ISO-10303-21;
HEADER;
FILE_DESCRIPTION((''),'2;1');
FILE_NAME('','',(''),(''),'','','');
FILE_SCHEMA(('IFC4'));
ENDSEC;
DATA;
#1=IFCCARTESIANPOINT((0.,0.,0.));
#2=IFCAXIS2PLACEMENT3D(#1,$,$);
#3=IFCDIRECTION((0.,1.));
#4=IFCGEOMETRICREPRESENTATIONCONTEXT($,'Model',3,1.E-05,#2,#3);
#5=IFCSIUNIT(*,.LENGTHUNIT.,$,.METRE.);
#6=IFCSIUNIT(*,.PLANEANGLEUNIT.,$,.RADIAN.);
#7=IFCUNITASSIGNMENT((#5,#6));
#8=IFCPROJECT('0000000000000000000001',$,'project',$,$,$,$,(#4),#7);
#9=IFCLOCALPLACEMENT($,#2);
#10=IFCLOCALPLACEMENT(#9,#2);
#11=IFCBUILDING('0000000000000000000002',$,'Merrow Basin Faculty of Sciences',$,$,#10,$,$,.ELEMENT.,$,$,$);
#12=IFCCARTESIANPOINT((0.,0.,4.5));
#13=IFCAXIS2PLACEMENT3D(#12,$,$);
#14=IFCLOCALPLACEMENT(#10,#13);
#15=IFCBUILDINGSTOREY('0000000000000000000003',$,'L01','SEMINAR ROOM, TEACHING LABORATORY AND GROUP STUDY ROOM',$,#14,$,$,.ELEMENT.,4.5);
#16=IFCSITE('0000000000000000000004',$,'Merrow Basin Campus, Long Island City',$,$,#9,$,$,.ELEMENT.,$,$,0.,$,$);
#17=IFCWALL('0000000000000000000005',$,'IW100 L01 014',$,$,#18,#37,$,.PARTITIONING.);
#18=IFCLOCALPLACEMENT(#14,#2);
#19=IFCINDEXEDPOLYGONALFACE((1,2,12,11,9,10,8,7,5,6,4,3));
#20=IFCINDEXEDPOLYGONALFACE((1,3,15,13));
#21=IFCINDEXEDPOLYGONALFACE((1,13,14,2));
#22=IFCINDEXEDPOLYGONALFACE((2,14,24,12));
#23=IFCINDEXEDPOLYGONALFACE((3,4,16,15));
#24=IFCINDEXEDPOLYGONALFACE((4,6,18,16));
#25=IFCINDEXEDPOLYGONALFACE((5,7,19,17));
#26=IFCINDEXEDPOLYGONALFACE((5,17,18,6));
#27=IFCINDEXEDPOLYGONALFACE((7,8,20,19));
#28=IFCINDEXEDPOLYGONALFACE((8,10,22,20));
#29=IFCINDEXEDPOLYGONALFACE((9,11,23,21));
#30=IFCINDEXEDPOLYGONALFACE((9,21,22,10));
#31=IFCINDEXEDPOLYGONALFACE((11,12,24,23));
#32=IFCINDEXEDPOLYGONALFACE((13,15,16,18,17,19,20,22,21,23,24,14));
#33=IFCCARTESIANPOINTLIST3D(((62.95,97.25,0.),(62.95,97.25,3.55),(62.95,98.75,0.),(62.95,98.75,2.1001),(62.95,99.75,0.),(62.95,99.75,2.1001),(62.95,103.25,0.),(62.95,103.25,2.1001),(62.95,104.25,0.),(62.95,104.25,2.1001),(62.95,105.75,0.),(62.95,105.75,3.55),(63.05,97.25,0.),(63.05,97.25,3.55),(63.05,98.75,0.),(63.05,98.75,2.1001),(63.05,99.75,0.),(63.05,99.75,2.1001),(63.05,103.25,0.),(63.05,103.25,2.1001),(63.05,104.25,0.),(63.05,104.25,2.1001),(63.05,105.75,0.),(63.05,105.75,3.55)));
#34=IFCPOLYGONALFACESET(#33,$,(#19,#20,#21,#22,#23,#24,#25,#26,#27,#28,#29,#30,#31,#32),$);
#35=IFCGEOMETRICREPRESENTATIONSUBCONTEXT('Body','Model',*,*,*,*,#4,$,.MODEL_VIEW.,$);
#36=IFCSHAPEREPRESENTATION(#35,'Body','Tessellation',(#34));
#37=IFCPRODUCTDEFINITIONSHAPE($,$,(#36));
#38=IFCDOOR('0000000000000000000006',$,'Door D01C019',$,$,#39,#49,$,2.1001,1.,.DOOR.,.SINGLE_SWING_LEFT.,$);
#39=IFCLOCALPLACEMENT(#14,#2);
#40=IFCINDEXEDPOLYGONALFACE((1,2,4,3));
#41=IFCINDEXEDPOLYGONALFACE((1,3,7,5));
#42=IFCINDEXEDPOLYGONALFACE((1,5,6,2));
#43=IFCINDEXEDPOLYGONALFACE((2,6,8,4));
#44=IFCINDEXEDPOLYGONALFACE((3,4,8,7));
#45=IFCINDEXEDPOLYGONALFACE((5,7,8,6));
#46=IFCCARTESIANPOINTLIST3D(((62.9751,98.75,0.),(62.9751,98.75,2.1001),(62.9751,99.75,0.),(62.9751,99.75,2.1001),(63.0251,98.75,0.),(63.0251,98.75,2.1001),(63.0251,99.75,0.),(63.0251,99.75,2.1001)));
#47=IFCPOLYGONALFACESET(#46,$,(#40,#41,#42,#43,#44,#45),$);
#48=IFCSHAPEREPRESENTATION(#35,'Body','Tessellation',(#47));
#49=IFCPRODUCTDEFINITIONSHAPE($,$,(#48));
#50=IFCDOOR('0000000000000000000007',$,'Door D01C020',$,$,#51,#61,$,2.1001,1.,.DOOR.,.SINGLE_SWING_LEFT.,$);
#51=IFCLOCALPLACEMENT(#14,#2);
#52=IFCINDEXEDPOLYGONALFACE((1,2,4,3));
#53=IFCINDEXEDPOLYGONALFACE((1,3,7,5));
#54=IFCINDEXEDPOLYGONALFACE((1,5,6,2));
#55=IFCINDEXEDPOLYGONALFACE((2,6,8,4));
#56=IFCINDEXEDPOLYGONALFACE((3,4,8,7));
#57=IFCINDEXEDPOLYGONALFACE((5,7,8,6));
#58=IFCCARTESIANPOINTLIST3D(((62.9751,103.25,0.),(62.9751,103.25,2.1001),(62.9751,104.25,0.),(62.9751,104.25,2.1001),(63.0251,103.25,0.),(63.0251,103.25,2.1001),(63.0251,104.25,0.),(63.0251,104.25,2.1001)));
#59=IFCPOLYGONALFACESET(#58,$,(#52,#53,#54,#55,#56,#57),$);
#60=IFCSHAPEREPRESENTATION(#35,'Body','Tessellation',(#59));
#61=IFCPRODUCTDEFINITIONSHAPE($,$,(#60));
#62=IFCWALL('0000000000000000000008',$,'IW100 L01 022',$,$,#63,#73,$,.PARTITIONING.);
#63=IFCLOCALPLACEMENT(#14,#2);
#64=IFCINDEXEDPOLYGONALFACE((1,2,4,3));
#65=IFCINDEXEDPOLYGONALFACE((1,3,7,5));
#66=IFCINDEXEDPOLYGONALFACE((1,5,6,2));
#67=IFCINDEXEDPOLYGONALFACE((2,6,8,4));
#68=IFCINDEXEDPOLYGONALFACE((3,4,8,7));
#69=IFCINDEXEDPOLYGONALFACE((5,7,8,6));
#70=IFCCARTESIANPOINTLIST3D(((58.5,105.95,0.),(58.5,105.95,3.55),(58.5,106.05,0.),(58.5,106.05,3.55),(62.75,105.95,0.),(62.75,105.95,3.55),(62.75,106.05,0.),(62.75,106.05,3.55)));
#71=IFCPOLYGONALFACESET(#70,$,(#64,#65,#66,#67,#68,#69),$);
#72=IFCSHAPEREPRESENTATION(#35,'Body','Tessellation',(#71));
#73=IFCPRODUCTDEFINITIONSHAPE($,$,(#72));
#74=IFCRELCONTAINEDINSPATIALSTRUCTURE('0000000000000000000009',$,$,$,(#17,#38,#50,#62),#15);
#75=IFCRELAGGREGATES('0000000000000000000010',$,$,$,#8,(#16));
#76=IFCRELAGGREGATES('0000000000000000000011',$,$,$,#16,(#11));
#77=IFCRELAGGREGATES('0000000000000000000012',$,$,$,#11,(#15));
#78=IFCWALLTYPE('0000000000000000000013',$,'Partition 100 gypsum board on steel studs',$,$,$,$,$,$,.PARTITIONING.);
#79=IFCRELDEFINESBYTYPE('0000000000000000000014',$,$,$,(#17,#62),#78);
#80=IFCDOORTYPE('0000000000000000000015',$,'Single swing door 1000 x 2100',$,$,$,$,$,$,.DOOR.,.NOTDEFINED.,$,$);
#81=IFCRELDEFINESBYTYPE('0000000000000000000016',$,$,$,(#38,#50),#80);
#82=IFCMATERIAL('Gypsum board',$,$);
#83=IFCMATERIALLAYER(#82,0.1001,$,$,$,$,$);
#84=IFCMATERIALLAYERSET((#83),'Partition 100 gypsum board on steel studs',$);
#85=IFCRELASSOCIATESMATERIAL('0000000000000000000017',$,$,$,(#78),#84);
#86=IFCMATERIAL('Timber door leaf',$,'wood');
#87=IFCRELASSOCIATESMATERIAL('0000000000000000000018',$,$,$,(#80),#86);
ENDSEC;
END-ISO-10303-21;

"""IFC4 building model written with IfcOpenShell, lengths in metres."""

from ifc_helpers import new_model, si_unit, direction, frame, frame_2d, origin, place, context, subcontext, project, spatial, rectangle, extrude, material, layer, layer_set, type_object, element, fill, save


model = new_model("IFC4")

# Units and contexts
model_context = context("Model", 3, precision=1e-05, world=origin(), true_north=direction((0.0, 1.0)))
body_context = subcontext(model_context, "Body", "Model", "MODEL_VIEW")
ifc_project = project(units=[si_unit("LENGTHUNIT", "METRE"), si_unit("PLANEANGLEUNIT", "RADIAN")], contexts=[model_context])

# Site, building, storey
site_placement = place(None, origin())
site = spatial("IfcSite", under=ifc_project, at=site_placement, Name="Merrow Basin Campus, Long Island City", CompositionType="ELEMENT", RefElevation=0.0)
building_placement = place(site_placement, origin())
building = spatial("IfcBuilding", under=site, at=building_placement, Name="Merrow Basin Faculty of Sciences", CompositionType="ELEMENT")
storey_placement = place(building_placement, frame((0.0, 0.0, 4.5)))
storey = spatial("IfcBuildingStorey", under=building, at=storey_placement, Name="L01", Description="SEMINAR ROOM, TEACHING LABORATORY AND GROUP STUDY ROOM", CompositionType="ELEMENT", Elevation=4.5)

# Shared definitions
ifc_material_1 = material(Name="Gypsum board")
ifc_layer_1 = layer(ifc_material_1, 0.1001)
ifc_layer_set_1 = layer_set([ifc_layer_1], Name="Partition 100 gypsum board on steel studs")
wall_type = type_object("IfcWallType", Name="Partition 100 gypsum board on steel studs", PredefinedType="PARTITIONING", material=ifc_layer_set_1)
ifc_material_2 = material(Name="Timber door leaf", Category="wood")
door_type = type_object("IfcDoorType", Name="Single swing door 1000 x 2100", OperationType="NOTDEFINED", PredefinedType="DOOR", material=ifc_material_2)

# Wall, openings, doors
wall_1_placement = place(storey_placement, frame((63.0, 97.25, 0.0), z_axis=(0.0, 0.0, 1.0), x_axis=(0.0, 1.0, 0.0)))
wall_1 = element("IfcWall", 1, at=wall_1_placement, inside=storey, type_object=wall_type, Name="IW100 L01 014", PredefinedType="PARTITIONING", context=body_context, shape_type="SweptSolid", body=[
    extrude(rectangle(XDim=8.5, YDim=0.1001, at=frame_2d((4.25, 0.0))), origin(), (0.0, 0.0, 1.0), 3.55),
])
opening_1_placement = place(wall_1_placement, frame((1.5, 0.0, 0.0)))
opening_1 = element("IfcOpeningElement", 2, at=opening_1_placement, cuts=wall_1, PredefinedType="OPENING", context=body_context, shape_type="SweptSolid", body=[
    extrude(rectangle(XDim=1.0, YDim=2.1001, at=frame_2d((0.5, 1.05))), frame((0.0, 0.0601, 0.0), z_axis=(0.0, -1.0, 0.0), x_axis=(1.0, 0.0, 0.0)), (0.0, 0.0, 1.0), 0.1201),
])
opening_2_placement = place(wall_1_placement, frame((6.0, 0.0, 0.0)))
opening_2 = element("IfcOpeningElement", 3, at=opening_2_placement, cuts=wall_1, PredefinedType="OPENING", context=body_context, shape_type="SweptSolid", body=[
    extrude(rectangle(XDim=1.0, YDim=2.1001, at=frame_2d((0.5, 1.05))), frame((0.0, 0.0601, 0.0), z_axis=(0.0, -1.0, 0.0), x_axis=(1.0, 0.0, 0.0)), (0.0, 0.0, 1.0), 0.1201),
])
door_1_placement = place(opening_1_placement, origin())
door_1 = element("IfcDoor", 4, at=door_1_placement, inside=storey, type_object=door_type, Name="Door D01C019", OperationType="SINGLE_SWING_LEFT", OverallHeight=2.1001, OverallWidth=1.0, PredefinedType="DOOR", context=body_context, shape_type="SweptSolid", body=[
    extrude(rectangle(XDim=1.0, YDim=2.1001, at=frame_2d((0.5, 1.05))), frame((0.0, 0.0249, 0.0), z_axis=(0.0, -1.0, 0.0), x_axis=(1.0, 0.0, 0.0)), (0.0, 0.0, 1.0), 0.05),
])
fill(opening_1, door_1)
door_2_placement = place(opening_2_placement, origin())
door_2 = element("IfcDoor", 5, at=door_2_placement, inside=storey, type_object=door_type, Name="Door D01C020", OperationType="SINGLE_SWING_LEFT", OverallHeight=2.1001, OverallWidth=1.0, PredefinedType="DOOR", context=body_context, shape_type="SweptSolid", body=[
    extrude(rectangle(XDim=1.0, YDim=2.1001, at=frame_2d((0.5, 1.05))), frame((0.0, 0.0249, 0.0), z_axis=(0.0, -1.0, 0.0), x_axis=(1.0, 0.0, 0.0)), (0.0, 0.0, 1.0), 0.05),
])
fill(opening_2, door_2)

# Wall
wall_2_placement = place(storey_placement, frame((58.5, 106.0, 0.0), z_axis=(0.0, 0.0, 1.0), x_axis=(1.0, 0.0, 0.0)))
element("IfcWall", 6, at=wall_2_placement, inside=storey, type_object=wall_type, Name="IW100 L01 022", PredefinedType="PARTITIONING", context=body_context, shape_type="SweptSolid", body=[
    extrude(rectangle(XDim=4.25, YDim=0.1001, at=frame_2d((2.125, 0.0))), origin(), (0.0, 0.0, 1.0), 3.55),
])

save(model, "model.ifc")
